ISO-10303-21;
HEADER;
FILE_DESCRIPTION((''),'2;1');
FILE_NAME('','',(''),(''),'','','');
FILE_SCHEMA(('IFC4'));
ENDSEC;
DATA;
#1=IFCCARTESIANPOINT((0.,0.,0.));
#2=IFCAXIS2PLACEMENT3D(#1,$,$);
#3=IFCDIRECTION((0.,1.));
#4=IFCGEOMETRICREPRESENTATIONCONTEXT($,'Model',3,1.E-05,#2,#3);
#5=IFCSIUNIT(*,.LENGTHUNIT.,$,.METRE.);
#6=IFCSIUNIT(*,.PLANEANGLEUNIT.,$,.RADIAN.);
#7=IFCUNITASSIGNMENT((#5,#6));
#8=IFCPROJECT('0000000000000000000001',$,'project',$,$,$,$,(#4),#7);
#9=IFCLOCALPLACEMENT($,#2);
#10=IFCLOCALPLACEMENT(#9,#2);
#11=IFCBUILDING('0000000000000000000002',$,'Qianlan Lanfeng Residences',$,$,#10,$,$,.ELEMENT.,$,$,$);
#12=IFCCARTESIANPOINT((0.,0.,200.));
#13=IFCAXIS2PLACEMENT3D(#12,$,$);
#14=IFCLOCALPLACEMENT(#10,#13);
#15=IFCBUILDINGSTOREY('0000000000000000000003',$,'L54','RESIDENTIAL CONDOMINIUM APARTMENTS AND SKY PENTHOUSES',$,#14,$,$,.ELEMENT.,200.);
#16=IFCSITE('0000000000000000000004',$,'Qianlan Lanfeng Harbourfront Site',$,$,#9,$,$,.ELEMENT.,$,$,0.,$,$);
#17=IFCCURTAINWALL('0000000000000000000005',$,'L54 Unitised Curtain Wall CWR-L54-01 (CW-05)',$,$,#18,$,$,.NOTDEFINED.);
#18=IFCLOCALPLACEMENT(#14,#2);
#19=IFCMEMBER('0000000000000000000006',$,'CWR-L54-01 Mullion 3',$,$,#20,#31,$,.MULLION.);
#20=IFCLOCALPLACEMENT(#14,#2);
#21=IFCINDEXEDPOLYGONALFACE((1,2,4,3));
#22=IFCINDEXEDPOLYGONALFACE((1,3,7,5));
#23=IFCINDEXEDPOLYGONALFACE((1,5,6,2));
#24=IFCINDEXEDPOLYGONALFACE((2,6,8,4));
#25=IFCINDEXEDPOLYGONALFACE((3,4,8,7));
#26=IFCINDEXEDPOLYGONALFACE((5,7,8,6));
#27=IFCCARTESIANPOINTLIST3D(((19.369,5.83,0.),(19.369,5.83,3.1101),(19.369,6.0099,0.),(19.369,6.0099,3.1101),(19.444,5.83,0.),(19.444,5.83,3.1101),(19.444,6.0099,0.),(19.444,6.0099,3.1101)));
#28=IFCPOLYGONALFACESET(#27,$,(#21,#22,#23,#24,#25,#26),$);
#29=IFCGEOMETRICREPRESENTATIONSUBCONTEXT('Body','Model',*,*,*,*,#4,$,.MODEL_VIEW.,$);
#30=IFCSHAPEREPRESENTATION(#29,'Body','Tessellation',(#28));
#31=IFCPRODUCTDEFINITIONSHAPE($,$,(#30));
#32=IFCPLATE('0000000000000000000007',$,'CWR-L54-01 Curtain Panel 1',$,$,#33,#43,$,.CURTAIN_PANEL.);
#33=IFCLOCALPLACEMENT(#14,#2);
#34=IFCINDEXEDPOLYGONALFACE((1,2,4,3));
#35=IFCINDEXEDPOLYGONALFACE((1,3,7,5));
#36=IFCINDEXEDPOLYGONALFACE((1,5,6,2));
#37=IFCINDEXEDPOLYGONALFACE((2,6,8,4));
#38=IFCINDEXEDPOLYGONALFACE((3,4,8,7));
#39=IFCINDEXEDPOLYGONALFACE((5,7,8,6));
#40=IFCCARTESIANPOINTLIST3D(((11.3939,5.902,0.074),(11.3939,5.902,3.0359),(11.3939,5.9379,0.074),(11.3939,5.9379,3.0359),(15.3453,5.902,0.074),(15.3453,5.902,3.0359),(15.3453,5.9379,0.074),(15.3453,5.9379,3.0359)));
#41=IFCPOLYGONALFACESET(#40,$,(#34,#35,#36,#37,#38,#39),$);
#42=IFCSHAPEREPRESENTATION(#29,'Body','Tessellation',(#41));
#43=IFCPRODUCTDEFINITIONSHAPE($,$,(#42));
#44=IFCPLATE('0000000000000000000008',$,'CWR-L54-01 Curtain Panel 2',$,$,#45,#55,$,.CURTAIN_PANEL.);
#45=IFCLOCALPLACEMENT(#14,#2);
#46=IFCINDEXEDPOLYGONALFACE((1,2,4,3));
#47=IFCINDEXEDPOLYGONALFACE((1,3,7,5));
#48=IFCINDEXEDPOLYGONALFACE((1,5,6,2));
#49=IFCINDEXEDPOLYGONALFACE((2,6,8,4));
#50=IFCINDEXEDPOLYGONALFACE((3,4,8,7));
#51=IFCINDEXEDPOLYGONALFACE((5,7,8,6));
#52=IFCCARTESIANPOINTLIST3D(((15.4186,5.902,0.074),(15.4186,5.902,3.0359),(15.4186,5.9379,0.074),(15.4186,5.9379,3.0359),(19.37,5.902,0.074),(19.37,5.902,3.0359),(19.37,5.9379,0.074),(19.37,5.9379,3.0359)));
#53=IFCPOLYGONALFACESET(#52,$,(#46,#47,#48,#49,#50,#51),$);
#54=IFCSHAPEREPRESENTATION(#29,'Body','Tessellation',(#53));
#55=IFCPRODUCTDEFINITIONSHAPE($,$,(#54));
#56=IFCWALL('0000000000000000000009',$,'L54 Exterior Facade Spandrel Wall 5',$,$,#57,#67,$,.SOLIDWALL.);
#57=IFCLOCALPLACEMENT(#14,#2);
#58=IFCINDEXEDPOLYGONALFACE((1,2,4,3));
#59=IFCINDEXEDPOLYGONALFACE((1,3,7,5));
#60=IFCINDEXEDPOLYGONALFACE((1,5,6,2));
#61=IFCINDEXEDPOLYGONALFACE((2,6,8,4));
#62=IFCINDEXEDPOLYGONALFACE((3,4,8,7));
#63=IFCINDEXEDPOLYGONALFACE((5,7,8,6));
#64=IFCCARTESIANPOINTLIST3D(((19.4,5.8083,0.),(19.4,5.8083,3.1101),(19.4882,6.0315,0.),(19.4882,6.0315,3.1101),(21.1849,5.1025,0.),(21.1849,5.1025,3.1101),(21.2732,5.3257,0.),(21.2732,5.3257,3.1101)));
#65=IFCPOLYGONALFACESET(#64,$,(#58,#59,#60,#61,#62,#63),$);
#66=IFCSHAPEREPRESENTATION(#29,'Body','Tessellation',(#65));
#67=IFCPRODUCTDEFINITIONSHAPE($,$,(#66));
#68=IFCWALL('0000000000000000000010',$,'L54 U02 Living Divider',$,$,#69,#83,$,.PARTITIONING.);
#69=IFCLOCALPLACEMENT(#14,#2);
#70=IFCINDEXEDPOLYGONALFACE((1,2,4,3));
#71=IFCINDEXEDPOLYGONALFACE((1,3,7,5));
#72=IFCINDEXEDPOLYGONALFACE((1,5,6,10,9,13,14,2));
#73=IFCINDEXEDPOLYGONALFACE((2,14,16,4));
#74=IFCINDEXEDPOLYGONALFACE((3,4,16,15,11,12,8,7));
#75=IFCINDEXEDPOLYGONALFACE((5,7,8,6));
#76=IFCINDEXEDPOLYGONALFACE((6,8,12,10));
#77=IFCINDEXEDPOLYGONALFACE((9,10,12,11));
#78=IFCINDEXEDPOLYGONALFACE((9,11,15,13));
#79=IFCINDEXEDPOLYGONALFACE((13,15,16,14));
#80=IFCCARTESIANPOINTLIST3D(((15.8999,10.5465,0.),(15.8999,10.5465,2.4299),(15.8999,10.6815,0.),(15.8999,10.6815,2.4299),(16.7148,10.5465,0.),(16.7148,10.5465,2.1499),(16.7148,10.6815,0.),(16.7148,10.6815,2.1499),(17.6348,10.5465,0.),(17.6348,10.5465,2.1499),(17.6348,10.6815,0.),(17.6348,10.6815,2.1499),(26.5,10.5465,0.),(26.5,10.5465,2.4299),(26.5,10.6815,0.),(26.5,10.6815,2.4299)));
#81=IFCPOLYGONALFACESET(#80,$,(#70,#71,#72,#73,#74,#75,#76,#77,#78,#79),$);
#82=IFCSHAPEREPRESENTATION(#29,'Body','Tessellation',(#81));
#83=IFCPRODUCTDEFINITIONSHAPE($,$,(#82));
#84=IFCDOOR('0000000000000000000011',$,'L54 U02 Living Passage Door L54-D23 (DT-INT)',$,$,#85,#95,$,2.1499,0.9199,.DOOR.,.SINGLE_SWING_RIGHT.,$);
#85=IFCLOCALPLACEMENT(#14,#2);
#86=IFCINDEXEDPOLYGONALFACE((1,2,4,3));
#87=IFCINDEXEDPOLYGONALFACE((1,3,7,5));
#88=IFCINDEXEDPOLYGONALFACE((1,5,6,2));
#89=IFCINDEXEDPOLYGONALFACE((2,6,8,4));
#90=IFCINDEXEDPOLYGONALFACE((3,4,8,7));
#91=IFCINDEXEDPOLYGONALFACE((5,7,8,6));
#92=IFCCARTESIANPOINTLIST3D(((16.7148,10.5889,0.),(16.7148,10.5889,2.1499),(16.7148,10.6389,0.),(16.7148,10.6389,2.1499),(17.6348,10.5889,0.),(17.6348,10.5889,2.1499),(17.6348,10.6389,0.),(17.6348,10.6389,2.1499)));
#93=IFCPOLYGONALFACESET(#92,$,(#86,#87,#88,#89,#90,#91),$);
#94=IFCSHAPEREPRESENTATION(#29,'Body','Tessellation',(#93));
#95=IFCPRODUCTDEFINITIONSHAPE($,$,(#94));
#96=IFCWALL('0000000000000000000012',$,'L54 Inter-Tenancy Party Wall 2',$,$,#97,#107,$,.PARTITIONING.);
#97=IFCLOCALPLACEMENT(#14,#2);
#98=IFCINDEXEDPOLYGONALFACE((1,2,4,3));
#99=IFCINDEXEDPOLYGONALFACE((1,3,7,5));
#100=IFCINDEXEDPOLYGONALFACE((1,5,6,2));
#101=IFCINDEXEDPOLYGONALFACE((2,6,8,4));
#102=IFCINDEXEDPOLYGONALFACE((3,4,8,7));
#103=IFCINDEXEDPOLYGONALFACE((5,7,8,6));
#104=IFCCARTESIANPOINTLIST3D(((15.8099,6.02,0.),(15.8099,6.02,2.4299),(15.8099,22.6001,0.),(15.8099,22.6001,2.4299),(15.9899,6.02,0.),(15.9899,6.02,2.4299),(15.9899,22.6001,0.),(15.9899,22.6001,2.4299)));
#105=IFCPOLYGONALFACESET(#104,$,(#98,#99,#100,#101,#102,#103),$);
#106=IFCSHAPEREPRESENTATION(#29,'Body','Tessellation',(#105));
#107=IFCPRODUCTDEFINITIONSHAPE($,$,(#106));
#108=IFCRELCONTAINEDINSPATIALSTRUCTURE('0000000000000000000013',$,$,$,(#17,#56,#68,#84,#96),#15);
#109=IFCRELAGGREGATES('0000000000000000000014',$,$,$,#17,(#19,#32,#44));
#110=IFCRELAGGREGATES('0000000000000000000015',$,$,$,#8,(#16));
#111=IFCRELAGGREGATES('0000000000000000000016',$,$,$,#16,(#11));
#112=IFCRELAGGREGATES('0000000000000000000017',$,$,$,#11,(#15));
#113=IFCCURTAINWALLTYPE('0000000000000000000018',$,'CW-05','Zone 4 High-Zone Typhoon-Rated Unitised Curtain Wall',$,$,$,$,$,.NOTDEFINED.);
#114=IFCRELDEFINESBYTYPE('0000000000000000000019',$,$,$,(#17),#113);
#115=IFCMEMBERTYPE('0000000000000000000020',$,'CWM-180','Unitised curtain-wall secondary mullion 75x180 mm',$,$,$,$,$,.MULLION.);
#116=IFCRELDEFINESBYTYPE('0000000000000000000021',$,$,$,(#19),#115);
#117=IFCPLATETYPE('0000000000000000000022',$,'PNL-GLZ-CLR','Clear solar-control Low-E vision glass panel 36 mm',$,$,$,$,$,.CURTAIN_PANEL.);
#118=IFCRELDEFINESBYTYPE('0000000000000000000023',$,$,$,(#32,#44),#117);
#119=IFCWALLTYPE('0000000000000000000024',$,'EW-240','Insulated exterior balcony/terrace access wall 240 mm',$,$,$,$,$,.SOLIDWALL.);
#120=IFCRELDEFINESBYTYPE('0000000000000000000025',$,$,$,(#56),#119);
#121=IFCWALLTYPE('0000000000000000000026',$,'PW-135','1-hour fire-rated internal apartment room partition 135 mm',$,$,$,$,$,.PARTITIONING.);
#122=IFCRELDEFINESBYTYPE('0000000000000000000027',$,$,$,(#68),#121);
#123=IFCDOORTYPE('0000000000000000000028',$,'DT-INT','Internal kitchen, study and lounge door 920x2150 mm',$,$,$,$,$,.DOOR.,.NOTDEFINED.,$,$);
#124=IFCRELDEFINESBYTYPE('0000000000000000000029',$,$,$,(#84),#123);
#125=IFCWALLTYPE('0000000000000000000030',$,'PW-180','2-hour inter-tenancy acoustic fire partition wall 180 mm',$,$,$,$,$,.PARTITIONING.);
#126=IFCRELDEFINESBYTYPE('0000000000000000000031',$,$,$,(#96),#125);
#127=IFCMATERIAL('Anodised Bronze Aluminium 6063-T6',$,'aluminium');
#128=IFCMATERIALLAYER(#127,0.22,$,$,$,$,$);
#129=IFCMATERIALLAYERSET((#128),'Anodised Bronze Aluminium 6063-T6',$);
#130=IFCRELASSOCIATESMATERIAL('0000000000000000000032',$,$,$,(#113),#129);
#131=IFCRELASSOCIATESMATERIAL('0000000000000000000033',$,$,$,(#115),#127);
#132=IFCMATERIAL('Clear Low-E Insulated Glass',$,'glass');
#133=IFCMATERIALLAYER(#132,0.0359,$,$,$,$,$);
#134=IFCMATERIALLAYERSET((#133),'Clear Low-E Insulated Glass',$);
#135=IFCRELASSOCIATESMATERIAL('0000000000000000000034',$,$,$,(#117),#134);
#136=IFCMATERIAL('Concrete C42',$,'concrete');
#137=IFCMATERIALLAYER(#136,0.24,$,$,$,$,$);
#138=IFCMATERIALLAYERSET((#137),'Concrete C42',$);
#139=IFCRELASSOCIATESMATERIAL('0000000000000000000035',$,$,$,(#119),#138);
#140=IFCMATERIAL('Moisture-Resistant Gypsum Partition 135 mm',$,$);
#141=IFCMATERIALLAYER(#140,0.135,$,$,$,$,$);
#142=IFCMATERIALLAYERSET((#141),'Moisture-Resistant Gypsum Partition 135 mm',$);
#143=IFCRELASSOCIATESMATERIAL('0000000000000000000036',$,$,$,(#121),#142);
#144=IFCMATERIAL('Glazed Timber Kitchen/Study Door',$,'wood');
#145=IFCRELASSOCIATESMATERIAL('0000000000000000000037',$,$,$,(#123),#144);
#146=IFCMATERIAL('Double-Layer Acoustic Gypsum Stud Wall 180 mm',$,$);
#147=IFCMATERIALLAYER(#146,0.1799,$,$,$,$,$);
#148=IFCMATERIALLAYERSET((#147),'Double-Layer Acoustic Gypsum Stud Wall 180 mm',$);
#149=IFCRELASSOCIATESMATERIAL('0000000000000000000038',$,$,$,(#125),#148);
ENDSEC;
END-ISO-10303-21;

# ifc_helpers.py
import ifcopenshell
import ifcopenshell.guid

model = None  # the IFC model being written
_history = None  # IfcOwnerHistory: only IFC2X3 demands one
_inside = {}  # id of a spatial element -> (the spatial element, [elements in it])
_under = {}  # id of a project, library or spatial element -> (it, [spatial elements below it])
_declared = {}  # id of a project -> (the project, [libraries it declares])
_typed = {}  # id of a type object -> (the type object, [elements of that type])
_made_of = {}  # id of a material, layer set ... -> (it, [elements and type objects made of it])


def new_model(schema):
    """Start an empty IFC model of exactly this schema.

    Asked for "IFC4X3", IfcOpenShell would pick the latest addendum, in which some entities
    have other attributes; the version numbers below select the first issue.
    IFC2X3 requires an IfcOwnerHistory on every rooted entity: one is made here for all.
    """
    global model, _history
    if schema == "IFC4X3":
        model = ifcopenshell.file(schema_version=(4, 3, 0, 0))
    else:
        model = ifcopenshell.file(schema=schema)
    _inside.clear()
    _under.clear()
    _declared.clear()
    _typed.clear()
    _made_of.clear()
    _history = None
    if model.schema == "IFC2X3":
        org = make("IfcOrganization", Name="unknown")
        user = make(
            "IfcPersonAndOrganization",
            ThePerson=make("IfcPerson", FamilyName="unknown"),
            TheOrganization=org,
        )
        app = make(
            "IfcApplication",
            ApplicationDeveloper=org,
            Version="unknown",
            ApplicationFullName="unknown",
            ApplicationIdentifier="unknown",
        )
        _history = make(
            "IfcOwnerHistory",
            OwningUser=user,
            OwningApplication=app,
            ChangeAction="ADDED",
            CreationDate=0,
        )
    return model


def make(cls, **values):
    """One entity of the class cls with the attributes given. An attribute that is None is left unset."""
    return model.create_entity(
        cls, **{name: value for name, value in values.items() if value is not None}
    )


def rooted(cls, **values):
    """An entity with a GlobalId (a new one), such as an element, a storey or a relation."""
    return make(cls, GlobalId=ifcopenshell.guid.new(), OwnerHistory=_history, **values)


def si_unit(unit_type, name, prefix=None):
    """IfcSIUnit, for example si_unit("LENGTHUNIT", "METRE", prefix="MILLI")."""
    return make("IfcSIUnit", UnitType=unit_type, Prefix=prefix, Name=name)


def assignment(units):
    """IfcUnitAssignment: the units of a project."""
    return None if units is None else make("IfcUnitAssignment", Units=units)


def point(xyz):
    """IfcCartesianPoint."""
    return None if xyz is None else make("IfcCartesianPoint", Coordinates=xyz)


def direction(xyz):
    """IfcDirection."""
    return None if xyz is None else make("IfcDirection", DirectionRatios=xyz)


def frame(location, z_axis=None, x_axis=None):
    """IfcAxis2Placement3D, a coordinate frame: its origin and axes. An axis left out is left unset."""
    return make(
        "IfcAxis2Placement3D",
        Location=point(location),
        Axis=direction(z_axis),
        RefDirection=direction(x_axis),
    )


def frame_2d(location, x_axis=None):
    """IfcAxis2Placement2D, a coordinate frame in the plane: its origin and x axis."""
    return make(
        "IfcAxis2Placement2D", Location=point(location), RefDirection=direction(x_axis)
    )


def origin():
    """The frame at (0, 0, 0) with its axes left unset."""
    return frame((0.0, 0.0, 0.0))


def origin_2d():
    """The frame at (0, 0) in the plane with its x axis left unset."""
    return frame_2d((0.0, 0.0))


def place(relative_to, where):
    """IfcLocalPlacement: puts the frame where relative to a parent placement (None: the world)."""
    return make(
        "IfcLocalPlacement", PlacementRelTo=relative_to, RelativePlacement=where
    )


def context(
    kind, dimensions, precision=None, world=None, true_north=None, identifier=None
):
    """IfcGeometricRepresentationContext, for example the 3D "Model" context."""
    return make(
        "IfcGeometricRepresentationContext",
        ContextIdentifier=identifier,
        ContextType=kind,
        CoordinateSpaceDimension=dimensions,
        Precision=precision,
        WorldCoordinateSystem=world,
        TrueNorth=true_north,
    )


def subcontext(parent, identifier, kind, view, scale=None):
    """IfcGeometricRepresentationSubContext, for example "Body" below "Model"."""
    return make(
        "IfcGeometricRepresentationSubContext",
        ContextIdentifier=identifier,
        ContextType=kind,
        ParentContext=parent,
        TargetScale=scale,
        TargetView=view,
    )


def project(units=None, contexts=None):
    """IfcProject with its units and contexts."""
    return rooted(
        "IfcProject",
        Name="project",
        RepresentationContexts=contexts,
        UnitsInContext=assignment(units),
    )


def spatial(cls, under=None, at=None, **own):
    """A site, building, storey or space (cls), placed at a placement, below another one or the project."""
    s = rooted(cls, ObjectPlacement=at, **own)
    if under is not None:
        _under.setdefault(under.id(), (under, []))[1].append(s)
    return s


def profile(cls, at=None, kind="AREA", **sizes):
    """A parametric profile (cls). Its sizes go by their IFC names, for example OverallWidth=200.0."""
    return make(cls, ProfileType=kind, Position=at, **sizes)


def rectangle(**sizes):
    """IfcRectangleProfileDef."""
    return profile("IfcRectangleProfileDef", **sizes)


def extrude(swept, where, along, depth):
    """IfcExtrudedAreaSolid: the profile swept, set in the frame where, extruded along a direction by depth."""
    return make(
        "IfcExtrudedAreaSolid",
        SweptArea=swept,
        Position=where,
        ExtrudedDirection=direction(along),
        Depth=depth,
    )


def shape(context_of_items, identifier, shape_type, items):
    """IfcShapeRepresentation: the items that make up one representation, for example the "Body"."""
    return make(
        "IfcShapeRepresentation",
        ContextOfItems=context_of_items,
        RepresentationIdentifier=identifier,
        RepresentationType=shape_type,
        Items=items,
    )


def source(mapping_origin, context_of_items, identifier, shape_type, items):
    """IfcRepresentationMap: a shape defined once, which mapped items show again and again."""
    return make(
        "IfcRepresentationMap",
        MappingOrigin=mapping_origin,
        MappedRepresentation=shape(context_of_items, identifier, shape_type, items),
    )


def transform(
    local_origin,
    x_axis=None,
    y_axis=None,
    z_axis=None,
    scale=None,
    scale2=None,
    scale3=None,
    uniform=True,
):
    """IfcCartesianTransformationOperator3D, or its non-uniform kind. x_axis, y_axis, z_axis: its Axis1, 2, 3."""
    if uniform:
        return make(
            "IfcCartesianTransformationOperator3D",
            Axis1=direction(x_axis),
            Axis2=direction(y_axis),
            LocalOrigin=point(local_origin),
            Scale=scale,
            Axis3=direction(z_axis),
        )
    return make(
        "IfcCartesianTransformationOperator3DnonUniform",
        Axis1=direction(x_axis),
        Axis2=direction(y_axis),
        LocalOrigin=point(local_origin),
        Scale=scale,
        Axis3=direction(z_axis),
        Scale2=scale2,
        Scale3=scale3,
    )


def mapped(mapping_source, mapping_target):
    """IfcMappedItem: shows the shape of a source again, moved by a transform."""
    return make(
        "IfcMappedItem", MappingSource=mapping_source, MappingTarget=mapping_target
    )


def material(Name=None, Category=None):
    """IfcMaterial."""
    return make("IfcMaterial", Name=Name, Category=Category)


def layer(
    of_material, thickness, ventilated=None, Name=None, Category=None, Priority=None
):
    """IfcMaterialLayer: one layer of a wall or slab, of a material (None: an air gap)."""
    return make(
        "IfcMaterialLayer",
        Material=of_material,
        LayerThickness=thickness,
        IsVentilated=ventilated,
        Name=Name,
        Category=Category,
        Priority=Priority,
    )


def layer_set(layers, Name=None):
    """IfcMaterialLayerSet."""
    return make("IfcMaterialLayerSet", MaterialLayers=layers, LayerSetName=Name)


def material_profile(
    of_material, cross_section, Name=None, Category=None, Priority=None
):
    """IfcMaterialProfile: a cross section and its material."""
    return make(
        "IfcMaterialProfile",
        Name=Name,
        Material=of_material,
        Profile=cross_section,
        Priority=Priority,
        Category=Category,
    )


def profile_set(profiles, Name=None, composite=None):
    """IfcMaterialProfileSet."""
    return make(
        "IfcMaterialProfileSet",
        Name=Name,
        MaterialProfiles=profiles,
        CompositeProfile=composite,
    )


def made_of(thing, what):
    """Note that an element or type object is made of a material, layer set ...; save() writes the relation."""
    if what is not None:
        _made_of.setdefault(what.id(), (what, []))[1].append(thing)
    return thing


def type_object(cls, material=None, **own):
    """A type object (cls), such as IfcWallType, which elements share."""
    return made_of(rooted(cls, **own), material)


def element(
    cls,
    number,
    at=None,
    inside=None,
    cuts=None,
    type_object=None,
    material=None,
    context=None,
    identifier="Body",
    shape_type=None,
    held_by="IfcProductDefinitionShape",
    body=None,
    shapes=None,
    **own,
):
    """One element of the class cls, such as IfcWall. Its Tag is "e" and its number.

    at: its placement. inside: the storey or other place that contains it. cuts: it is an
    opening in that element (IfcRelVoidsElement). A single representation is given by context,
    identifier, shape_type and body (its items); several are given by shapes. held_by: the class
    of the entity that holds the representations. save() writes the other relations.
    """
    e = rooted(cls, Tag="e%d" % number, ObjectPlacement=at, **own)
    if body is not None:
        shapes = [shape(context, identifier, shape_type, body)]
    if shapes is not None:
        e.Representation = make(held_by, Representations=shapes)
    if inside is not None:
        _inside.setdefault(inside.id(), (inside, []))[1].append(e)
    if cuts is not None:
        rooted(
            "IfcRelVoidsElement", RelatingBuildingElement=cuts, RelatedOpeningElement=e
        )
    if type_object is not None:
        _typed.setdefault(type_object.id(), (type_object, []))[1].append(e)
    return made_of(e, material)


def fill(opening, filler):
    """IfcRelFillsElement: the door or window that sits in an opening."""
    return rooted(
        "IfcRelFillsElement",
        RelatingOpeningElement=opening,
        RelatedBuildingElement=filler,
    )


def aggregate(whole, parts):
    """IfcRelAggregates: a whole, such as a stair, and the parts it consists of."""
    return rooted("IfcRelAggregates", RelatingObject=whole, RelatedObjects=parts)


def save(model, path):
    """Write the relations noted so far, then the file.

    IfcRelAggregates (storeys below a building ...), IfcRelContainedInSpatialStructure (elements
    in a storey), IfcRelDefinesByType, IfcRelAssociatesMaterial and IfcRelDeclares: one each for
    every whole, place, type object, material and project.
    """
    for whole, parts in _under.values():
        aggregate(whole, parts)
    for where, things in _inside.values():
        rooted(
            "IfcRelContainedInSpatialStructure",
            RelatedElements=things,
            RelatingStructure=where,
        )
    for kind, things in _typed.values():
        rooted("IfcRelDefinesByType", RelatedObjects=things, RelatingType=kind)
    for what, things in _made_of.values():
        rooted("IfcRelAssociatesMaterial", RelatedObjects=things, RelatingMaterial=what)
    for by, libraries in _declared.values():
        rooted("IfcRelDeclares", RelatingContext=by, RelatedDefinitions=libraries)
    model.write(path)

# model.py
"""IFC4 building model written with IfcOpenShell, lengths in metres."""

from ifc_helpers import new_model, si_unit, direction, frame, frame_2d, origin, origin_2d, place, context, subcontext, project, spatial, rectangle, extrude, source, transform, mapped, material, layer, layer_set, material_profile, profile_set, type_object, element, fill, aggregate, save


model = new_model("IFC4")

# Units and contexts
model_context = context("Model", 3, precision=1e-05, world=origin(), true_north=direction((0.0, 1.0)))
body_context = subcontext(model_context, "Body", "Model", "MODEL_VIEW")
ifc_project = project(units=[si_unit("LENGTHUNIT", "METRE"), si_unit("PLANEANGLEUNIT", "RADIAN")], contexts=[model_context])

# Site, building, storey
site_placement = place(None, origin())
site = spatial("IfcSite", under=ifc_project, at=site_placement, Name="Qianlan Lanfeng Harbourfront Site", CompositionType="ELEMENT", RefElevation=0.0)
building_placement = place(site_placement, origin())
building = spatial("IfcBuilding", under=site, at=building_placement, Name="Qianlan Lanfeng Residences", CompositionType="ELEMENT")
storey_placement = place(building_placement, frame((0.0, 0.0, 200.0)))
storey = spatial("IfcBuildingStorey", under=building, at=storey_placement, Name="L54", Description="RESIDENTIAL CONDOMINIUM APARTMENTS AND SKY PENTHOUSES", CompositionType="ELEMENT", Elevation=200.0)

# Curtain wall, member, plates
ifc_material_1 = material(Name="Anodised Bronze Aluminium 6063-T6", Category="aluminium")
ifc_layer_1 = layer(ifc_material_1, 0.22)
ifc_layer_set_1 = layer_set([ifc_layer_1], Name="Anodised Bronze Aluminium 6063-T6")
curtain_wall_type = type_object("IfcCurtainWallType", Name="CW-05", Description="Zone 4 High-Zone Typhoon-Rated Unitised Curtain Wall", PredefinedType="NOTDEFINED", material=ifc_layer_set_1)
curtain_wall_placement = place(storey_placement, origin())
curtain_wall = element("IfcCurtainWall", 1, at=curtain_wall_placement, inside=storey, type_object=curtain_wall_type, Name="L54 Unitised Curtain Wall CWR-L54-01 (CW-05)", PredefinedType="NOTDEFINED")
ifc_material_profile_1 = material_profile(ifc_material_1, rectangle(XDim=0.075, YDim=0.1799, at=origin_2d()), Name="ALU MULLION 75x180")
ifc_profile_set_1 = profile_set([ifc_material_profile_1], Name="Anodised Bronze Aluminium 6063-T6")
member_type_1 = type_object("IfcMemberType", Name="CWM-180", Description="Unitised curtain-wall secondary mullion 75x180 mm", PredefinedType="MULLION", material=ifc_profile_set_1)
shared_shape_1 = source(origin(), body_context, "Body", "SweptSolid", [
    extrude(rectangle(XDim=0.075, YDim=0.1799, at=origin_2d()), origin(), (0.0, 0.0, 1.0), 3.1101),
])
member_1_placement = place(storey_placement, frame((19.4065, 5.9199, 0.0), z_axis=(0.0, 0.0, 1.0), x_axis=(1.0, 0.0, 0.0)))
member_1 = element("IfcMember", 2, at=member_1_placement, type_object=member_type_1, Name="CWR-L54-01 Mullion 3", PredefinedType="MULLION", context=body_context, shape_type="MappedRepresentation", body=[
    mapped(shared_shape_1, transform((0.0, 0.0, 0.0), scale=1.0)),
])
ifc_material_2 = material(Name="Clear Low-E Insulated Glass", Category="glass")
ifc_layer_2 = layer(ifc_material_2, 0.0359)
ifc_layer_set_2 = layer_set([ifc_layer_2], Name="Clear Low-E Insulated Glass")
plate_type = type_object("IfcPlateType", Name="PNL-GLZ-CLR", Description="Clear solar-control Low-E vision glass panel 36 mm", PredefinedType="CURTAIN_PANEL", material=ifc_layer_set_2)
shared_shape_2 = source(origin(), body_context, "Body", "SweptSolid", [
    extrude(rectangle(XDim=3.9514, YDim=0.0359, at=origin_2d()), origin(), (0.0, 0.0, 1.0), 2.9619),
])
plate_1_placement = place(storey_placement, frame((13.3696, 5.9199, 0.074), z_axis=(0.0, 0.0, 1.0), x_axis=(1.0, 0.0, 0.0)))
plate_1 = element("IfcPlate", 3, at=plate_1_placement, type_object=plate_type, Name="CWR-L54-01 Curtain Panel 1", PredefinedType="CURTAIN_PANEL", context=body_context, shape_type="MappedRepresentation", body=[
    mapped(shared_shape_2, transform((0.0, 0.0, 0.0), scale=1.0)),
])
plate_2_placement = place(storey_placement, frame((17.3943, 5.9199, 0.074), z_axis=(0.0, 0.0, 1.0), x_axis=(1.0, 0.0, 0.0)))
plate_2 = element("IfcPlate", 4, at=plate_2_placement, type_object=plate_type, Name="CWR-L54-01 Curtain Panel 2", PredefinedType="CURTAIN_PANEL", context=body_context, shape_type="MappedRepresentation", body=[
    mapped(shared_shape_2, transform((0.0, 0.0, 0.0), scale=1.0)),
])
aggregate(curtain_wall, [member_1, plate_1, plate_2])

# Wall
ifc_material_3 = material(Name="Concrete C42", Category="concrete")
ifc_layer_3 = layer(ifc_material_3, 0.24)
ifc_layer_set_3 = layer_set([ifc_layer_3], Name="Concrete C42")
wall_type_1 = type_object("IfcWallType", Name="EW-240", Description="Insulated exterior balcony/terrace access wall 240 mm", PredefinedType="SOLIDWALL", material=ifc_layer_set_3)
wall_1_placement = place(storey_placement, frame((19.4441, 5.9199, 0.0), z_axis=(0.0, 0.0, 1.0), x_axis=(0.929934, -0.367725, 0.0)))
element("IfcWall", 5, at=wall_1_placement, inside=storey, type_object=wall_type_1, Name="L54 Exterior Facade Spandrel Wall 5", PredefinedType="SOLIDWALL", context=body_context, shape_type="SweptSolid", body=[
    extrude(rectangle(XDim=1.9194, YDim=0.24, at=frame_2d((0.9597, 0.0))), origin(), (0.0, 0.0, 1.0), 3.1101),
])

# Wall, opening, door
ifc_material_4 = material(Name="Moisture-Resistant Gypsum Partition 135 mm")
ifc_layer_4 = layer(ifc_material_4, 0.135)
ifc_layer_set_4 = layer_set([ifc_layer_4], Name="Moisture-Resistant Gypsum Partition 135 mm")
wall_type_2 = type_object("IfcWallType", Name="PW-135", Description="1-hour fire-rated internal apartment room partition 135 mm", PredefinedType="PARTITIONING", material=ifc_layer_set_4)
wall_2_placement = place(storey_placement, frame((15.8999, 10.614, 0.0), z_axis=(0.0, 0.0, 1.0), x_axis=(1.0, 0.0, 0.0)))
wall_2 = element("IfcWall", 6, at=wall_2_placement, inside=storey, type_object=wall_type_2, Name="L54 U02 Living Divider", PredefinedType="PARTITIONING", context=body_context, shape_type="SweptSolid", body=[
    extrude(rectangle(XDim=10.6001, YDim=0.135, at=frame_2d((5.3, 0.0))), origin(), (0.0, 0.0, 1.0), 2.4299),
])
opening_1_placement = place(wall_2_placement, frame((0.8149, 0.0, 0.0)))
opening_1 = element("IfcOpeningElement", 7, at=opening_1_placement, cuts=wall_2, PredefinedType="OPENING", context=body_context, shape_type="SweptSolid", body=[
    extrude(rectangle(XDim=0.9199, YDim=2.1499, at=frame_2d((0.46, 1.075))), frame((0.0, 0.0776, 0.0), z_axis=(0.0, -1.0, 0.0), x_axis=(1.0, 0.0, 0.0)), (0.0, 0.0, 1.0), 0.155),
])
ifc_material_5 = material(Name="Glazed Timber Kitchen/Study Door", Category="wood")
door_type_1 = type_object("IfcDoorType", Name="DT-INT", Description="Internal kitchen, study and lounge door 920x2150 mm", OperationType="NOTDEFINED", PredefinedType="DOOR", material=ifc_material_5)
door_1_placement = place(opening_1_placement, origin())
door_1 = element("IfcDoor", 8, at=door_1_placement, inside=storey, type_object=door_type_1, Name="L54 U02 Living Passage Door L54-D23 (DT-INT)", OperationType="SINGLE_SWING_RIGHT", OverallHeight=2.1499, OverallWidth=0.9199, PredefinedType="DOOR", context=body_context, shape_type="SweptSolid", body=[
    extrude(rectangle(XDim=0.9199, YDim=2.1499, at=frame_2d((0.46, 1.075))), frame((0.0, 0.0249, 0.0), z_axis=(0.0, -1.0, 0.0), x_axis=(1.0, 0.0, 0.0)), (0.0, 0.0, 1.0), 0.05),
])
fill(opening_1, door_1)

# Wall
ifc_material_6 = material(Name="Double-Layer Acoustic Gypsum Stud Wall 180 mm")
ifc_layer_5 = layer(ifc_material_6, 0.1799)
ifc_layer_set_5 = layer_set([ifc_layer_5], Name="Double-Layer Acoustic Gypsum Stud Wall 180 mm")
wall_type_3 = type_object("IfcWallType", Name="PW-180", Description="2-hour inter-tenancy acoustic fire partition wall 180 mm", PredefinedType="PARTITIONING", material=ifc_layer_set_5)
wall_3_placement = place(storey_placement, frame((15.8999, 6.02, 0.0), z_axis=(0.0, 0.0, 1.0), x_axis=(0.0, 1.0, 0.0)))
element("IfcWall", 9, at=wall_3_placement, inside=storey, type_object=wall_type_3, Name="L54 Inter-Tenancy Party Wall 2", PredefinedType="PARTITIONING", context=body_context, shape_type="SweptSolid", body=[
    extrude(rectangle(XDim=16.5801, YDim=0.1799, at=frame_2d((8.29, 0.0))), origin(), (0.0, 0.0, 1.0), 2.4299),
])

save(model, "model.ifc")
